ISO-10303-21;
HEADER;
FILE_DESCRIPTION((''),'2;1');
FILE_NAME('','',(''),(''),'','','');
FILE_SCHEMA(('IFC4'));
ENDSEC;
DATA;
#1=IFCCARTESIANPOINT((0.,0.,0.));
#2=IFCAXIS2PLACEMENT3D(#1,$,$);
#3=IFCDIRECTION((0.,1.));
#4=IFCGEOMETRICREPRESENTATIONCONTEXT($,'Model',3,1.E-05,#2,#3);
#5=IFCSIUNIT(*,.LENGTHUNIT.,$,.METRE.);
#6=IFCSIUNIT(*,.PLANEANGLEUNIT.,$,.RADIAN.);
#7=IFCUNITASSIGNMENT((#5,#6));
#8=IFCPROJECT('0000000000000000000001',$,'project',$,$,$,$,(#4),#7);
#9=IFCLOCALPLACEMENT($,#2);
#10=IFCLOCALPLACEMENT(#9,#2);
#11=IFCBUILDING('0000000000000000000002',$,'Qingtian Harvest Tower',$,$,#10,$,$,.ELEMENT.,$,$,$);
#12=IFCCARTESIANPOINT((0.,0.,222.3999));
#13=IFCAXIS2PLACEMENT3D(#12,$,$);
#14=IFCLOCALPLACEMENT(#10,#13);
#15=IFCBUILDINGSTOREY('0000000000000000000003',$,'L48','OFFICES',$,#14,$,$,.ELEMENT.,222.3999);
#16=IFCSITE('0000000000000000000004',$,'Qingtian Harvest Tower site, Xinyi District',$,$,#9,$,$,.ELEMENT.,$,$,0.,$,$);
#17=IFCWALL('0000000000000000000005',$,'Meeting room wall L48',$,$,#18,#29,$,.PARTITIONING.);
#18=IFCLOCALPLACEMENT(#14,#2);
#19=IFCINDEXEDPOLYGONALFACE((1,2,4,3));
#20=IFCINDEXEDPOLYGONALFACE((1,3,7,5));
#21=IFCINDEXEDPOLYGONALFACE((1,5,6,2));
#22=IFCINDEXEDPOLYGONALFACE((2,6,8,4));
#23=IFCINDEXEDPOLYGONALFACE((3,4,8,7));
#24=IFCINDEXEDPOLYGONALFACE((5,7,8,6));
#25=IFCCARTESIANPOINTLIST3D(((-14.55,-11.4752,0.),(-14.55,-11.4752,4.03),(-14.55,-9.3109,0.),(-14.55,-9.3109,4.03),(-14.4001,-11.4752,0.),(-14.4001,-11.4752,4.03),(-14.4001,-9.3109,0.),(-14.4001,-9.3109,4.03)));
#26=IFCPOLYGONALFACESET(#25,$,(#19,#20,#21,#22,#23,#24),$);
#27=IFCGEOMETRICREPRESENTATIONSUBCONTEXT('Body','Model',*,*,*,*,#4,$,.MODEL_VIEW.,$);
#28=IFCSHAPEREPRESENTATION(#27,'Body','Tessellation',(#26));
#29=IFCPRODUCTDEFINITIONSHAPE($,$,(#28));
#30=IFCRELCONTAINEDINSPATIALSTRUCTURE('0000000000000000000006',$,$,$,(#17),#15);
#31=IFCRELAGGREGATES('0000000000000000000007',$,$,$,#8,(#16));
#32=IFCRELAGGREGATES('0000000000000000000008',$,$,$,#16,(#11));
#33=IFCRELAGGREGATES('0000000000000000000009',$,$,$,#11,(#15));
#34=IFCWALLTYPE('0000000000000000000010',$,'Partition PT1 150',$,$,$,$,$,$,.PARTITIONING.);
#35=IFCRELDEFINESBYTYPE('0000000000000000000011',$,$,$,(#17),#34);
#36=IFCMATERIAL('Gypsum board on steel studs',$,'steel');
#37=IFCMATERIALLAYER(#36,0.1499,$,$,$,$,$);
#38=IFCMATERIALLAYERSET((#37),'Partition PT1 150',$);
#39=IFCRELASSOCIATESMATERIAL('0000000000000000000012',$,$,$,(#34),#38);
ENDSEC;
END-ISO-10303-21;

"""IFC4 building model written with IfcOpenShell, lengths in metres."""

from ifc_helpers import new_model, si_unit, direction, frame, frame_2d, origin, place, context, subcontext, project, spatial, rectangle, extrude, material, layer, layer_set, type_object, element, save


model = new_model("IFC4")

# Units and contexts
model_context = context("Model", 3, precision=1e-05, world=origin(), true_north=direction((0.0, 1.0)))
body_context = subcontext(model_context, "Body", "Model", "MODEL_VIEW")
ifc_project = project(units=[si_unit("LENGTHUNIT", "METRE"), si_unit("PLANEANGLEUNIT", "RADIAN")], contexts=[model_context])

# Site, building, storey
site_placement = place(None, origin())
site = spatial("IfcSite", under=ifc_project, at=site_placement, Name="Qingtian Harvest Tower site, Xinyi District", CompositionType="ELEMENT", RefElevation=0.0)
building_placement = place(site_placement, origin())
building = spatial("IfcBuilding", under=site, at=building_placement, Name="Qingtian Harvest Tower", CompositionType="ELEMENT")
storey_placement = place(building_placement, frame((0.0, 0.0, 222.3999)))
storey = spatial("IfcBuildingStorey", under=building, at=storey_placement, Name="L48", Description="OFFICES", CompositionType="ELEMENT", Elevation=222.3999)

# Shared definitions
ifc_material_1 = material(Name="Gypsum board on steel studs", Category="steel")
ifc_layer_1 = layer(ifc_material_1, 0.1499)
ifc_layer_set_1 = layer_set([ifc_layer_1], Name="Partition PT1 150")
wall_type_1 = type_object("IfcWallType", Name="Partition PT1 150", PredefinedType="PARTITIONING", material=ifc_layer_set_1)

# Wall
wall_1_placement = place(storey_placement, frame((-14.4751, -11.4751, 0.0), z_axis=(0.0, 0.0, 1.0), x_axis=(0.0, 1.0, 0.0)))
element("IfcWall", 1, at=wall_1_placement, inside=storey, type_object=wall_type_1, Name="Meeting room wall L48", PredefinedType="PARTITIONING", context=body_context, shape_type="SweptSolid", body=[
    extrude(rectangle(XDim=2.1643, YDim=0.1499, at=frame_2d((1.082, 0.0))), origin(), (0.0, 0.0, 1.0), 4.03),
])

save(model, "model.ifc")
